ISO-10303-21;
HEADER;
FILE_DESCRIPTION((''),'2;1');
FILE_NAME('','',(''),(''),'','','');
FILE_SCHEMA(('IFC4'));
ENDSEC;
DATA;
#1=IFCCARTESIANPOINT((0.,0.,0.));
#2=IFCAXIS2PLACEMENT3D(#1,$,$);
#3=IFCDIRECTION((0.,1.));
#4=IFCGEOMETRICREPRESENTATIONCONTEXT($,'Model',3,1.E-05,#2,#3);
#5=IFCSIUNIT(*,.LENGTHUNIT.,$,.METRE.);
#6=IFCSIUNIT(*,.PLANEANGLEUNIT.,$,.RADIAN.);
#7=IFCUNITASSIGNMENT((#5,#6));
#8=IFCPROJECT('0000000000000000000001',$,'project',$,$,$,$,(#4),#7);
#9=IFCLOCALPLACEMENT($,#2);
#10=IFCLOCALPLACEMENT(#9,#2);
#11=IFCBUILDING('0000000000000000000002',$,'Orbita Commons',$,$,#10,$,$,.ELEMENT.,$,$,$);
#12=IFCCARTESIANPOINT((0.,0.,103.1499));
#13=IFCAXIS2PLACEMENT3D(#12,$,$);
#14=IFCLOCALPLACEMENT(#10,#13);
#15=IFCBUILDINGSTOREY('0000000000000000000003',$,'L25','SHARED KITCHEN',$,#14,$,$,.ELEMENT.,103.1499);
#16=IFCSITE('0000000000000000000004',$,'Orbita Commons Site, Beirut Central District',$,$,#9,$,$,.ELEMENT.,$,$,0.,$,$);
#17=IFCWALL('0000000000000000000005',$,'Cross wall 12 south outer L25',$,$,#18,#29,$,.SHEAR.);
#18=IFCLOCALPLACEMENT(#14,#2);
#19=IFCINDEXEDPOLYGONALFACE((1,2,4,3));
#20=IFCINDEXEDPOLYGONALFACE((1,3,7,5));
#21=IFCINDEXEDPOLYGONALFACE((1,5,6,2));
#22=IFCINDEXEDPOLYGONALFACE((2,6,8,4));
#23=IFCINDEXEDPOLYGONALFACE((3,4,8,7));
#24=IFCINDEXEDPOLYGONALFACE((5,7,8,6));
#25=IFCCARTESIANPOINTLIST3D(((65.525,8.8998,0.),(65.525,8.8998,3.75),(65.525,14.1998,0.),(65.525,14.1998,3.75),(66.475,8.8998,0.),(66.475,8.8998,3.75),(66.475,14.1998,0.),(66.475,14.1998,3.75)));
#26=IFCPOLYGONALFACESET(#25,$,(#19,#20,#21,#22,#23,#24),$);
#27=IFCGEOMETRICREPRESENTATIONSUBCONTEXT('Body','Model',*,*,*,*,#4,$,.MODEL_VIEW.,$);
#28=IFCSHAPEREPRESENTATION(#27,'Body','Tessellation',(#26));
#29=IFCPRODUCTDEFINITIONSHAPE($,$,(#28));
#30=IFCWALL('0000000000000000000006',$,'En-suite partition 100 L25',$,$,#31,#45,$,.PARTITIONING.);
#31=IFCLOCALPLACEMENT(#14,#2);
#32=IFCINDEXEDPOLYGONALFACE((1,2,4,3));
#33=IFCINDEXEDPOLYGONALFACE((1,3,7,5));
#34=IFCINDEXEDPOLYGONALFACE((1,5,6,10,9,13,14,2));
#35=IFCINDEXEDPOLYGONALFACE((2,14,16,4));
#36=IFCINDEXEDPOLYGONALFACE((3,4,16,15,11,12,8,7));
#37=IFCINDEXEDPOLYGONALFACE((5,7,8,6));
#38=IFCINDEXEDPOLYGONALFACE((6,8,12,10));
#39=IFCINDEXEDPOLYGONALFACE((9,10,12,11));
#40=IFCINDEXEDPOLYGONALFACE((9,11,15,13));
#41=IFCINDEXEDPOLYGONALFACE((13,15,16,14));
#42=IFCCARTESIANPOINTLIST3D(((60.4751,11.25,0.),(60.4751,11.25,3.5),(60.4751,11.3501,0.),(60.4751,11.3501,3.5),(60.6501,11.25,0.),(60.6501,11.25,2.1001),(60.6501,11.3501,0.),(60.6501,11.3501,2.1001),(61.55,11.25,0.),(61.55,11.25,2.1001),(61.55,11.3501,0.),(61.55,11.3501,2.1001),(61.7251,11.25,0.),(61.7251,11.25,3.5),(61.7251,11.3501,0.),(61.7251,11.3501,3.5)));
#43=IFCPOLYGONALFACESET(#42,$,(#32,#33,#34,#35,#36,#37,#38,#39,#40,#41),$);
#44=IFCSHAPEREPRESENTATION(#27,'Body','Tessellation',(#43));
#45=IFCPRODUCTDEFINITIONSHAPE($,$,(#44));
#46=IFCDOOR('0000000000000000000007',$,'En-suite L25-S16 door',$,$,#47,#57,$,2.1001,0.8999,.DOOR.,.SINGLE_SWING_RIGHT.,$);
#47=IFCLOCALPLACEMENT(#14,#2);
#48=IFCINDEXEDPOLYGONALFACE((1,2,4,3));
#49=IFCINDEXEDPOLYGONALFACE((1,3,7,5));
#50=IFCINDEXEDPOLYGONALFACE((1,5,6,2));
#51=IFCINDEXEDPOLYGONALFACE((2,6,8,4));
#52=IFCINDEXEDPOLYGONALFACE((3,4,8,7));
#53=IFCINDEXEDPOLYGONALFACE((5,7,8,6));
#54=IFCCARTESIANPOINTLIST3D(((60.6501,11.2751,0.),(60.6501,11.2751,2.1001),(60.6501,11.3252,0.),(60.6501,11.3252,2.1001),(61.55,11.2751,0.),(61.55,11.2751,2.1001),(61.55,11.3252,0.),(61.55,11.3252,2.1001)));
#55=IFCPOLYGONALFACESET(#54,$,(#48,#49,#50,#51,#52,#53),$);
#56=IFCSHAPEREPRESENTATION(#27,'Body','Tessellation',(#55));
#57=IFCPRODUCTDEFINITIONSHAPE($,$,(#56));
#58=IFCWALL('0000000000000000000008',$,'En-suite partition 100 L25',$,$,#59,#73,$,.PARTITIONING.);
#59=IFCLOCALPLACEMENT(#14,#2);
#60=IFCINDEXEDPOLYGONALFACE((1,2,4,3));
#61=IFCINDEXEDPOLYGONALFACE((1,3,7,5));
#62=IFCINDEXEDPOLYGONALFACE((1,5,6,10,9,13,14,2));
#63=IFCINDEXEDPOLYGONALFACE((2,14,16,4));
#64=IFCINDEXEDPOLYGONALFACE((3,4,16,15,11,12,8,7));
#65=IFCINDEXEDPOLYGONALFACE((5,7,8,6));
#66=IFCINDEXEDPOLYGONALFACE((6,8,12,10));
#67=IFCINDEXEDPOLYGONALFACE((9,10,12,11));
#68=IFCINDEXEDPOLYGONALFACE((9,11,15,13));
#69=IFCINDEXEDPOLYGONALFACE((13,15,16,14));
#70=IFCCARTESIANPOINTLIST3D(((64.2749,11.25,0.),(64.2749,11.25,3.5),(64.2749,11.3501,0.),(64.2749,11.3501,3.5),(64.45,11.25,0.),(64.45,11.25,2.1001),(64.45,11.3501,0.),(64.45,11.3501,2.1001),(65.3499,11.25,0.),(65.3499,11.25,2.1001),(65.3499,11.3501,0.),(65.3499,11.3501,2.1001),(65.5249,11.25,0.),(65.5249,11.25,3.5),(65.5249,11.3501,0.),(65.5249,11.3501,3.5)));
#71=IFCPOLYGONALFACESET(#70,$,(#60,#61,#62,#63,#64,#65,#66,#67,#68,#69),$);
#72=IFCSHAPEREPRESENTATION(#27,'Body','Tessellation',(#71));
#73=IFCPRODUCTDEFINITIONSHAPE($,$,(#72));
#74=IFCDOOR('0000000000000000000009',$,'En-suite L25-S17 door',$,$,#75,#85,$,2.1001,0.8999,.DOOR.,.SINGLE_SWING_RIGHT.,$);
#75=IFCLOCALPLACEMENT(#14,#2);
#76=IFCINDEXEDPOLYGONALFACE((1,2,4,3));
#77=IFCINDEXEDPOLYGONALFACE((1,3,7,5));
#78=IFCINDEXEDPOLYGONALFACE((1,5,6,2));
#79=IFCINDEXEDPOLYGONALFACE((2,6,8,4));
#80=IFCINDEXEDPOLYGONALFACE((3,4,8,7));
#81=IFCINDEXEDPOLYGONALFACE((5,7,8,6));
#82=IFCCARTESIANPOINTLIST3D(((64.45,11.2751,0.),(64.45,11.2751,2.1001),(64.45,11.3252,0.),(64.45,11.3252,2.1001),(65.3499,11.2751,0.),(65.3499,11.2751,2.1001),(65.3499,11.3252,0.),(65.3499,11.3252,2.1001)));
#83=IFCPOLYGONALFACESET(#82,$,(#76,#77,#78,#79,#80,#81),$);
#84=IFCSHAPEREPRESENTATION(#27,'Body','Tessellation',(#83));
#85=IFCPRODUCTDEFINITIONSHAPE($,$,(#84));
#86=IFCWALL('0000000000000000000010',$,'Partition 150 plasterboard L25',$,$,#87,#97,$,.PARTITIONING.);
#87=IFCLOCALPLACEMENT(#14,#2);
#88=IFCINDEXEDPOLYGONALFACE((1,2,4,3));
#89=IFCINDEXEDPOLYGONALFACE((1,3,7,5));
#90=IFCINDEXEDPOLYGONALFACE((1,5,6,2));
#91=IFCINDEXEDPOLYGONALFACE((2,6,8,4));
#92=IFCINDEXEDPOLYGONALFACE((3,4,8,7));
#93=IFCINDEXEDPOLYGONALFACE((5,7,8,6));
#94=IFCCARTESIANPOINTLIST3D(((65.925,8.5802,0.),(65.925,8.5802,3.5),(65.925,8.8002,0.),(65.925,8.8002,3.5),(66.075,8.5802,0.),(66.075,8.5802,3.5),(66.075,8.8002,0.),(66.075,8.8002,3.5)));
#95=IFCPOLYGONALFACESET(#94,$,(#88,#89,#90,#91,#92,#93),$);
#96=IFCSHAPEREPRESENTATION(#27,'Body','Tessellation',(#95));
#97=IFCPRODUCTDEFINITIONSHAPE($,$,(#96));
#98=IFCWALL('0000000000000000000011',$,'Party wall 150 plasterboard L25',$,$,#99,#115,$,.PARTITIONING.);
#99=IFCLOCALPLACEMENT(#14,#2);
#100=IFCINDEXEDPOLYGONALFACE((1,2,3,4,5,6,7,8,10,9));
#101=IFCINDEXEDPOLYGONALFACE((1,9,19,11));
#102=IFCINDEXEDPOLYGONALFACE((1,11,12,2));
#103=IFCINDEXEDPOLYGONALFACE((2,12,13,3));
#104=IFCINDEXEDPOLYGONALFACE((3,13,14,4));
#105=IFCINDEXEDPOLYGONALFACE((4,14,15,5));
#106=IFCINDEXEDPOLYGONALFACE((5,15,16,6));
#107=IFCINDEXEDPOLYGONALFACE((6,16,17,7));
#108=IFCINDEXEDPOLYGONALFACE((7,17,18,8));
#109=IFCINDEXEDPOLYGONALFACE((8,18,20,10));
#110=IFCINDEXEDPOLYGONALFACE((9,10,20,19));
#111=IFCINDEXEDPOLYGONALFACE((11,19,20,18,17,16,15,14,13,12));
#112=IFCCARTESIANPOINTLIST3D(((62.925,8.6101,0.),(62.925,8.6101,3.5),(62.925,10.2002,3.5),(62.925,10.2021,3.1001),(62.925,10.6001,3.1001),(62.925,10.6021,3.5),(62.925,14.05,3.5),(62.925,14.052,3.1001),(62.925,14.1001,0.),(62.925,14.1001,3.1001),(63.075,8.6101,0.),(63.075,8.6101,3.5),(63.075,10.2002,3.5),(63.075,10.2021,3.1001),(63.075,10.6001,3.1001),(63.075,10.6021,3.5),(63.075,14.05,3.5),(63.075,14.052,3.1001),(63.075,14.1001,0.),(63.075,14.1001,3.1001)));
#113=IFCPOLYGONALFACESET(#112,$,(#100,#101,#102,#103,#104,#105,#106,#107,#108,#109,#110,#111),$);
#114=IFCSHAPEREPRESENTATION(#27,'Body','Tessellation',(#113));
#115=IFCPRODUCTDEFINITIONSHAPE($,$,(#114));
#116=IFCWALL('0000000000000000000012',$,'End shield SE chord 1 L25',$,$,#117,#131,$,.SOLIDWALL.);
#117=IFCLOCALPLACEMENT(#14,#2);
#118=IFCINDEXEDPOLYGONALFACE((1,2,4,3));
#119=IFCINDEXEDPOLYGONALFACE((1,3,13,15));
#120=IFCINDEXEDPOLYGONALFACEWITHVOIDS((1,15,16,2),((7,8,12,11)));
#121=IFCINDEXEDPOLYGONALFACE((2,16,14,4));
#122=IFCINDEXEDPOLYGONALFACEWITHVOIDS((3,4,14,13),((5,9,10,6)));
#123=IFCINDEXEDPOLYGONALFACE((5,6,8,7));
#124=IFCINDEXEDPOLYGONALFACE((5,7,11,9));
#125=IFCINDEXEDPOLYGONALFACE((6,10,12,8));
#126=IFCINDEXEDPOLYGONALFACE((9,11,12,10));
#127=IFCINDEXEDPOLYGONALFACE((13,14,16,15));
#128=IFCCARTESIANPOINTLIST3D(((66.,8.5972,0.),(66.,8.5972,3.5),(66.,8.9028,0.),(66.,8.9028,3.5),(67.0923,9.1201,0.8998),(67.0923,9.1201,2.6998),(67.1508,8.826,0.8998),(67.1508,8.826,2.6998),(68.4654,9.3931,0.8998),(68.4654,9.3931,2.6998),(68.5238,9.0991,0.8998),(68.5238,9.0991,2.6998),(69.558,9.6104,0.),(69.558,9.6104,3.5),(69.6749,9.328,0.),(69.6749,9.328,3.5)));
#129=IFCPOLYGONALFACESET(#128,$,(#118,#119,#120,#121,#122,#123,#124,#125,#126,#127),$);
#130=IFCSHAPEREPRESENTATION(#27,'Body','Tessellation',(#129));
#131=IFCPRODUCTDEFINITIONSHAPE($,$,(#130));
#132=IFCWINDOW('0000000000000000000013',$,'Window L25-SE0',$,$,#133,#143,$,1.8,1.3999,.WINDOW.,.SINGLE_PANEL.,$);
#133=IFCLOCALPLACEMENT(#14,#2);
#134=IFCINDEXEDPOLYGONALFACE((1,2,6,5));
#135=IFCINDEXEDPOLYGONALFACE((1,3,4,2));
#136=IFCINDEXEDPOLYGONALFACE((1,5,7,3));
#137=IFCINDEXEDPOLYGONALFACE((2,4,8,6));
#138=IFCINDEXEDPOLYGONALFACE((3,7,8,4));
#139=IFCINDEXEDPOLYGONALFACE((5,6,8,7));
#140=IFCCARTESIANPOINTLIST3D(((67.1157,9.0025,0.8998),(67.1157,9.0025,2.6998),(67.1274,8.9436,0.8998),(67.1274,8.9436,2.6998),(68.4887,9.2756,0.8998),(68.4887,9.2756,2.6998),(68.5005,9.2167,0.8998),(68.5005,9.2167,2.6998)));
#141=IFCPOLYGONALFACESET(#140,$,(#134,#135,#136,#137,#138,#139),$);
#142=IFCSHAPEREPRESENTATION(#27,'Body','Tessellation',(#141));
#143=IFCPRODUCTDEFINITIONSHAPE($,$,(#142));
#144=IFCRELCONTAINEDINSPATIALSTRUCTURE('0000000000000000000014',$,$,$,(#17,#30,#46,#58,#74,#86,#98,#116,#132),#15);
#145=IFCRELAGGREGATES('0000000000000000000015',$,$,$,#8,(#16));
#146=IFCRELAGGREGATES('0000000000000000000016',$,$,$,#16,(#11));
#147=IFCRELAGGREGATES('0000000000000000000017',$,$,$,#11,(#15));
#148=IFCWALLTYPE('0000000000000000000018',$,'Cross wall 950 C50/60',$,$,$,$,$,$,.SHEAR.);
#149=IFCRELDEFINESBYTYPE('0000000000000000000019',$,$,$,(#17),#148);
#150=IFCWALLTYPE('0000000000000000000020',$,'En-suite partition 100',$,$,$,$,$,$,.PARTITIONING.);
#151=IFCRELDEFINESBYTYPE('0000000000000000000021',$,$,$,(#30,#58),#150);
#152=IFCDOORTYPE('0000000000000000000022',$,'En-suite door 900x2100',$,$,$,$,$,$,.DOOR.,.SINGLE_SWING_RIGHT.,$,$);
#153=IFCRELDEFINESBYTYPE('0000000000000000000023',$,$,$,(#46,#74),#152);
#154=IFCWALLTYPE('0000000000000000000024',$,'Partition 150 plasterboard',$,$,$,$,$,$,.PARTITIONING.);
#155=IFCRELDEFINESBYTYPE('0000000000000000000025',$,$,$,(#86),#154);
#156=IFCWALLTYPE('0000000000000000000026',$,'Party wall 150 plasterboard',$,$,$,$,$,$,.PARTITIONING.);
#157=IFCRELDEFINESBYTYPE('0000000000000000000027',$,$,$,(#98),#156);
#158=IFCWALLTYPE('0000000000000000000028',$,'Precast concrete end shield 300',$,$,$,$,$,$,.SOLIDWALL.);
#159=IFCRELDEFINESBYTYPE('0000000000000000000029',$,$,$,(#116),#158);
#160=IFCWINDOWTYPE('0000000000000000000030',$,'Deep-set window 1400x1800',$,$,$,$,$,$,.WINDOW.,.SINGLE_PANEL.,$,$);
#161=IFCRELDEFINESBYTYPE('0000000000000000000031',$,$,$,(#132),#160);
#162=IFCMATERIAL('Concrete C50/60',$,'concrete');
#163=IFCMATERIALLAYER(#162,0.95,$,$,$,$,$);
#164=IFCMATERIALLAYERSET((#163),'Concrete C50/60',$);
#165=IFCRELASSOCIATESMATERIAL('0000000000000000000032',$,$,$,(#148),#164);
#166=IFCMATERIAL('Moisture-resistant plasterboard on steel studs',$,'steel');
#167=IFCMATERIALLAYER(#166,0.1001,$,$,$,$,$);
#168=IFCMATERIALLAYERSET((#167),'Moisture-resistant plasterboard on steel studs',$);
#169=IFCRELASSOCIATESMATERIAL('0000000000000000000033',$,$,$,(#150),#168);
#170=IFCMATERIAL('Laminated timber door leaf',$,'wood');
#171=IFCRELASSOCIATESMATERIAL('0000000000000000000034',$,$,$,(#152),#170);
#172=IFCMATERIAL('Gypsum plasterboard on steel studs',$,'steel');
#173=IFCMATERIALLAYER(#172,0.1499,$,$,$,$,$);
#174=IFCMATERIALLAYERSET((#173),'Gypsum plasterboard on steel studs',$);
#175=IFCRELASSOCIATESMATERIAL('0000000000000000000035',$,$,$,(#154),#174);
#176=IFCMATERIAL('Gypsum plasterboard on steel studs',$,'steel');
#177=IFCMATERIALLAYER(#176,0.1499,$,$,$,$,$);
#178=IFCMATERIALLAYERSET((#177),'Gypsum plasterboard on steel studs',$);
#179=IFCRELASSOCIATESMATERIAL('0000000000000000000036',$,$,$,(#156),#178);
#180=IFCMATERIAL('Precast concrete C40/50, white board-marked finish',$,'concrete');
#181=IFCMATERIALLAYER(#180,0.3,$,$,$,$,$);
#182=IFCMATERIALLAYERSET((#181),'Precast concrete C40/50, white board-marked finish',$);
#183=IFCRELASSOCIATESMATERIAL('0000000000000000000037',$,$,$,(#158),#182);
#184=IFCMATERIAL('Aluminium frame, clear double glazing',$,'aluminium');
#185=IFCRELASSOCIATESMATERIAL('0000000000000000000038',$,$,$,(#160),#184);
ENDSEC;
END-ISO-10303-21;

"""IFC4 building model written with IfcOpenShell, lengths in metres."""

from ifc_helpers import new_model, si_unit, direction, frame, frame_2d, origin, place, context, subcontext, project, spatial, polyline, rectangle, outline, extrude, material, layer, layer_set, type_object, element, fill, save


model = new_model("IFC4")

# Units and contexts
model_context = context("Model", 3, precision=1e-05, world=origin(), true_north=direction((0.0, 1.0)))
body_context = subcontext(model_context, "Body", "Model", "MODEL_VIEW")
ifc_project = project(units=[si_unit("LENGTHUNIT", "METRE"), si_unit("PLANEANGLEUNIT", "RADIAN")], contexts=[model_context])

# Site, building, storey
site_placement = place(None, origin())
site = spatial("IfcSite", under=ifc_project, at=site_placement, Name="Orbita Commons Site, Beirut Central District", CompositionType="ELEMENT", RefElevation=0.0)
building_placement = place(site_placement, origin())
building = spatial("IfcBuilding", under=site, at=building_placement, Name="Orbita Commons", CompositionType="ELEMENT")
storey_placement = place(building_placement, frame((0.0, 0.0, 103.1499)))
storey = spatial("IfcBuildingStorey", under=building, at=storey_placement, Name="L25", Description="SHARED KITCHEN", CompositionType="ELEMENT", Elevation=103.1499)

# Wall
ifc_material_1 = material(Name="Concrete C50/60", Category="concrete")
ifc_layer_1 = layer(ifc_material_1, 0.95)
ifc_layer_set_1 = layer_set([ifc_layer_1], Name="Concrete C50/60")
wall_type_1 = type_object("IfcWallType", Name="Cross wall 950 C50/60", PredefinedType="SHEAR", material=ifc_layer_set_1)
wall_1_placement = place(storey_placement, frame((66.0, 8.8999, 0.0), z_axis=(0.0, 0.0, 1.0), x_axis=(0.0, 1.0, 0.0)))
element("IfcWall", 1, at=wall_1_placement, inside=storey, type_object=wall_type_1, Name="Cross wall 12 south outer L25", PredefinedType="SHEAR", context=body_context, shape_type="SweptSolid", body=[
    extrude(rectangle(XDim=5.3, YDim=0.95, at=frame_2d((2.6499, 0.0))), origin(), (0.0, 0.0, 1.0), 3.75),
])

# Walls, openings, doors
ifc_material_2 = material(Name="Moisture-resistant plasterboard on steel studs", Category="steel")
ifc_layer_2 = layer(ifc_material_2, 0.1001)
ifc_layer_set_2 = layer_set([ifc_layer_2], Name="Moisture-resistant plasterboard on steel studs")
wall_type_2 = type_object("IfcWallType", Name="En-suite partition 100", PredefinedType="PARTITIONING", material=ifc_layer_set_2)
wall_2_placement = place(storey_placement, frame((61.7251, 11.3, 0.0), z_axis=(0.0, 0.0, 1.0), x_axis=(-1.0, 0.0, 0.0)))
wall_2 = element("IfcWall", 2, at=wall_2_placement, inside=storey, type_object=wall_type_2, Name="En-suite partition 100 L25", PredefinedType="PARTITIONING", context=body_context, shape_type="SweptSolid", body=[
    extrude(rectangle(XDim=1.25, YDim=0.1001, at=frame_2d((0.625, 0.0))), origin(), (0.0, 0.0, 1.0), 3.5),
])
opening_1_placement = place(wall_2_placement, frame((0.175, 0.0, 0.0)))
opening_1 = element("IfcOpeningElement", 3, at=opening_1_placement, cuts=wall_2, PredefinedType="OPENING", context=body_context, shape_type="SweptSolid", body=[
    extrude(rectangle(XDim=0.8999, YDim=2.1001, at=frame_2d((0.45, 1.05))), frame((0.0, 0.0601, 0.0), z_axis=(0.0, -1.0, 0.0), x_axis=(1.0, 0.0, 0.0)), (0.0, 0.0, 1.0), 0.1201),
])
ifc_material_3 = material(Name="Laminated timber door leaf", Category="wood")
door_type_1 = type_object("IfcDoorType", Name="En-suite door 900x2100", OperationType="SINGLE_SWING_RIGHT", PredefinedType="DOOR", material=ifc_material_3)
door_1_placement = place(opening_1_placement, origin())
door_1 = element("IfcDoor", 4, at=door_1_placement, inside=storey, type_object=door_type_1, Name="En-suite L25-S16 door", OperationType="SINGLE_SWING_RIGHT", OverallHeight=2.1001, OverallWidth=0.8999, PredefinedType="DOOR", context=body_context, shape_type="SweptSolid", body=[
    extrude(rectangle(XDim=0.8999, YDim=2.1001, at=frame_2d((0.45, 1.05))), frame((0.0, 0.0249, 0.0), z_axis=(0.0, -1.0, 0.0), x_axis=(1.0, 0.0, 0.0)), (0.0, 0.0, 1.0), 0.05),
])
fill(opening_1, door_1)
wall_3_placement = place(storey_placement, frame((65.5249, 11.3, 0.0), z_axis=(0.0, 0.0, 1.0), x_axis=(-1.0, 0.0, 0.0)))
wall_3 = element("IfcWall", 5, at=wall_3_placement, inside=storey, type_object=wall_type_2, Name="En-suite partition 100 L25", PredefinedType="PARTITIONING", context=body_context, shape_type="SweptSolid", body=[
    extrude(rectangle(XDim=1.25, YDim=0.1001, at=frame_2d((0.625, 0.0))), origin(), (0.0, 0.0, 1.0), 3.5),
])
opening_2_placement = place(wall_3_placement, frame((0.175, 0.0, 0.0)))
opening_2 = element("IfcOpeningElement", 6, at=opening_2_placement, cuts=wall_3, PredefinedType="OPENING", context=body_context, shape_type="SweptSolid", body=[
    extrude(rectangle(XDim=0.8999, YDim=2.1001, at=frame_2d((0.45, 1.05))), frame((0.0, 0.0601, 0.0), z_axis=(0.0, -1.0, 0.0), x_axis=(1.0, 0.0, 0.0)), (0.0, 0.0, 1.0), 0.1201),
])
door_2_placement = place(opening_2_placement, origin())
door_2 = element("IfcDoor", 7, at=door_2_placement, inside=storey, type_object=door_type_1, Name="En-suite L25-S17 door", OperationType="SINGLE_SWING_RIGHT", OverallHeight=2.1001, OverallWidth=0.8999, PredefinedType="DOOR", context=body_context, shape_type="SweptSolid", body=[
    extrude(rectangle(XDim=0.8999, YDim=2.1001, at=frame_2d((0.45, 1.05))), frame((0.0, 0.0249, 0.0), z_axis=(0.0, -1.0, 0.0), x_axis=(1.0, 0.0, 0.0)), (0.0, 0.0, 1.0), 0.05),
])
fill(opening_2, door_2)

# Walls
ifc_material_4 = material(Name="Gypsum plasterboard on steel studs", Category="steel")
ifc_layer_3 = layer(ifc_material_4, 0.1499)
ifc_layer_set_3 = layer_set([ifc_layer_3], Name="Gypsum plasterboard on steel studs")
wall_type_3 = type_object("IfcWallType", Name="Partition 150 plasterboard", PredefinedType="PARTITIONING", material=ifc_layer_set_3)
wall_4_placement = place(storey_placement, frame((66.0, 8.8, 0.0), z_axis=(0.0, 0.0, 1.0), x_axis=(0.0, -1.0, 0.0)))
element("IfcWall", 8, at=wall_4_placement, inside=storey, type_object=wall_type_3, Name="Partition 150 plasterboard L25", PredefinedType="PARTITIONING", context=body_context, shape_type="SweptSolid", body=[
    extrude(rectangle(XDim=0.22, YDim=0.1499, at=frame_2d((0.1099, 0.0))), origin(), (0.0, 0.0, 1.0), 3.5),
])
ifc_material_5 = material(Name="Gypsum plasterboard on steel studs", Category="steel")
ifc_layer_4 = layer(ifc_material_5, 0.1499)
ifc_layer_set_4 = layer_set([ifc_layer_4], Name="Gypsum plasterboard on steel studs")
wall_type_4 = type_object("IfcWallType", Name="Party wall 150 plasterboard", PredefinedType="PARTITIONING", material=ifc_layer_set_4)
wall_5_placement = place(storey_placement, frame((63.0, 8.6101, 0.0), z_axis=(0.0, 0.0, 1.0), x_axis=(0.0, 1.0, 0.0)))
element("IfcWall", 9, at=wall_5_placement, inside=storey, type_object=wall_type_4, Name="Party wall 150 plasterboard L25", PredefinedType="PARTITIONING", context=body_context, shape_type="SweptSolid", body=[
    extrude(outline(polyline([(0.0, 0.0), (5.49, 0.0), (5.49, 3.1001), (5.4419, 3.1001), (5.4399, 3.5), (1.9919, 3.5), (1.99, 3.1001), (1.592, 3.1001), (1.5901, 3.5), (0.0, 3.5), (0.0, 0.0)])), frame((0.0, 0.075, 0.0), z_axis=(0.0, -1.0, 0.0), x_axis=(1.0, 0.0, 0.0)), (0.0, 0.0, 1.0), 0.1499),
])

# Wall, opening, window
ifc_material_6 = material(Name="Precast concrete C40/50, white board-marked finish", Category="concrete")
ifc_layer_5 = layer(ifc_material_6, 0.3)
ifc_layer_set_5 = layer_set([ifc_layer_5], Name="Precast concrete C40/50, white board-marked finish")
wall_type_5 = type_object("IfcWallType", Name="Precast concrete end shield 300", PredefinedType="SOLIDWALL", material=ifc_layer_set_5)
wall_6_placement = place(storey_placement, frame((66.0, 8.75, 0.0), z_axis=(0.0, 0.0, 1.0), x_axis=(0.980791, 0.195059, 0.0)))
wall_6 = element("IfcWall", 10, at=wall_6_placement, inside=storey, type_object=wall_type_5, Name="End shield SE chord 1 L25", PredefinedType="SOLIDWALL", context=body_context, shape_type="SweptSolid", body=[
    extrude(outline(polyline([(-0.0298, -0.1499), (3.717, -0.1499), (3.6575, 0.1499), (0.0298, 0.1499), (-0.0298, -0.1499)])), origin(), (0.0, 0.0, 1.0), 3.5),
])
opening_3_placement = place(wall_6_placement, frame((1.1436, 0.0, 0.8999)))
opening_3 = element("IfcOpeningElement", 11, at=opening_3_placement, cuts=wall_6, PredefinedType="OPENING", context=body_context, shape_type="SweptSolid", body=[
    extrude(rectangle(XDim=1.3999, YDim=1.8, at=frame_2d((0.7, 0.8999))), frame((0.0, 0.1599, 0.0), z_axis=(0.0, -1.0, 0.0), x_axis=(1.0, 0.0, 0.0)), (0.0, 0.0, 1.0), 0.3201),
])
ifc_material_7 = material(Name="Aluminium frame, clear double glazing", Category="aluminium")
window_type = type_object("IfcWindowType", Name="Deep-set window 1400x1800", PartitioningType="SINGLE_PANEL", PredefinedType="WINDOW", material=ifc_material_7)
window_1_placement = place(opening_3_placement, origin())
window_1 = element("IfcWindow", 12, at=window_1_placement, inside=storey, type_object=window_type, Name="Window L25-SE0", OverallHeight=1.8, OverallWidth=1.3999, PartitioningType="SINGLE_PANEL", PredefinedType="WINDOW", context=body_context, shape_type="SweptSolid", body=[
    extrude(rectangle(XDim=1.3999, YDim=1.8, at=frame_2d((0.7, 0.8999))), frame((0.0, 0.03, 0.0), z_axis=(0.0, -1.0, 0.0), x_axis=(1.0, 0.0, 0.0)), (0.0, 0.0, 1.0), 0.0601),
])
fill(opening_3, window_1)

save(model, "model.ifc")
